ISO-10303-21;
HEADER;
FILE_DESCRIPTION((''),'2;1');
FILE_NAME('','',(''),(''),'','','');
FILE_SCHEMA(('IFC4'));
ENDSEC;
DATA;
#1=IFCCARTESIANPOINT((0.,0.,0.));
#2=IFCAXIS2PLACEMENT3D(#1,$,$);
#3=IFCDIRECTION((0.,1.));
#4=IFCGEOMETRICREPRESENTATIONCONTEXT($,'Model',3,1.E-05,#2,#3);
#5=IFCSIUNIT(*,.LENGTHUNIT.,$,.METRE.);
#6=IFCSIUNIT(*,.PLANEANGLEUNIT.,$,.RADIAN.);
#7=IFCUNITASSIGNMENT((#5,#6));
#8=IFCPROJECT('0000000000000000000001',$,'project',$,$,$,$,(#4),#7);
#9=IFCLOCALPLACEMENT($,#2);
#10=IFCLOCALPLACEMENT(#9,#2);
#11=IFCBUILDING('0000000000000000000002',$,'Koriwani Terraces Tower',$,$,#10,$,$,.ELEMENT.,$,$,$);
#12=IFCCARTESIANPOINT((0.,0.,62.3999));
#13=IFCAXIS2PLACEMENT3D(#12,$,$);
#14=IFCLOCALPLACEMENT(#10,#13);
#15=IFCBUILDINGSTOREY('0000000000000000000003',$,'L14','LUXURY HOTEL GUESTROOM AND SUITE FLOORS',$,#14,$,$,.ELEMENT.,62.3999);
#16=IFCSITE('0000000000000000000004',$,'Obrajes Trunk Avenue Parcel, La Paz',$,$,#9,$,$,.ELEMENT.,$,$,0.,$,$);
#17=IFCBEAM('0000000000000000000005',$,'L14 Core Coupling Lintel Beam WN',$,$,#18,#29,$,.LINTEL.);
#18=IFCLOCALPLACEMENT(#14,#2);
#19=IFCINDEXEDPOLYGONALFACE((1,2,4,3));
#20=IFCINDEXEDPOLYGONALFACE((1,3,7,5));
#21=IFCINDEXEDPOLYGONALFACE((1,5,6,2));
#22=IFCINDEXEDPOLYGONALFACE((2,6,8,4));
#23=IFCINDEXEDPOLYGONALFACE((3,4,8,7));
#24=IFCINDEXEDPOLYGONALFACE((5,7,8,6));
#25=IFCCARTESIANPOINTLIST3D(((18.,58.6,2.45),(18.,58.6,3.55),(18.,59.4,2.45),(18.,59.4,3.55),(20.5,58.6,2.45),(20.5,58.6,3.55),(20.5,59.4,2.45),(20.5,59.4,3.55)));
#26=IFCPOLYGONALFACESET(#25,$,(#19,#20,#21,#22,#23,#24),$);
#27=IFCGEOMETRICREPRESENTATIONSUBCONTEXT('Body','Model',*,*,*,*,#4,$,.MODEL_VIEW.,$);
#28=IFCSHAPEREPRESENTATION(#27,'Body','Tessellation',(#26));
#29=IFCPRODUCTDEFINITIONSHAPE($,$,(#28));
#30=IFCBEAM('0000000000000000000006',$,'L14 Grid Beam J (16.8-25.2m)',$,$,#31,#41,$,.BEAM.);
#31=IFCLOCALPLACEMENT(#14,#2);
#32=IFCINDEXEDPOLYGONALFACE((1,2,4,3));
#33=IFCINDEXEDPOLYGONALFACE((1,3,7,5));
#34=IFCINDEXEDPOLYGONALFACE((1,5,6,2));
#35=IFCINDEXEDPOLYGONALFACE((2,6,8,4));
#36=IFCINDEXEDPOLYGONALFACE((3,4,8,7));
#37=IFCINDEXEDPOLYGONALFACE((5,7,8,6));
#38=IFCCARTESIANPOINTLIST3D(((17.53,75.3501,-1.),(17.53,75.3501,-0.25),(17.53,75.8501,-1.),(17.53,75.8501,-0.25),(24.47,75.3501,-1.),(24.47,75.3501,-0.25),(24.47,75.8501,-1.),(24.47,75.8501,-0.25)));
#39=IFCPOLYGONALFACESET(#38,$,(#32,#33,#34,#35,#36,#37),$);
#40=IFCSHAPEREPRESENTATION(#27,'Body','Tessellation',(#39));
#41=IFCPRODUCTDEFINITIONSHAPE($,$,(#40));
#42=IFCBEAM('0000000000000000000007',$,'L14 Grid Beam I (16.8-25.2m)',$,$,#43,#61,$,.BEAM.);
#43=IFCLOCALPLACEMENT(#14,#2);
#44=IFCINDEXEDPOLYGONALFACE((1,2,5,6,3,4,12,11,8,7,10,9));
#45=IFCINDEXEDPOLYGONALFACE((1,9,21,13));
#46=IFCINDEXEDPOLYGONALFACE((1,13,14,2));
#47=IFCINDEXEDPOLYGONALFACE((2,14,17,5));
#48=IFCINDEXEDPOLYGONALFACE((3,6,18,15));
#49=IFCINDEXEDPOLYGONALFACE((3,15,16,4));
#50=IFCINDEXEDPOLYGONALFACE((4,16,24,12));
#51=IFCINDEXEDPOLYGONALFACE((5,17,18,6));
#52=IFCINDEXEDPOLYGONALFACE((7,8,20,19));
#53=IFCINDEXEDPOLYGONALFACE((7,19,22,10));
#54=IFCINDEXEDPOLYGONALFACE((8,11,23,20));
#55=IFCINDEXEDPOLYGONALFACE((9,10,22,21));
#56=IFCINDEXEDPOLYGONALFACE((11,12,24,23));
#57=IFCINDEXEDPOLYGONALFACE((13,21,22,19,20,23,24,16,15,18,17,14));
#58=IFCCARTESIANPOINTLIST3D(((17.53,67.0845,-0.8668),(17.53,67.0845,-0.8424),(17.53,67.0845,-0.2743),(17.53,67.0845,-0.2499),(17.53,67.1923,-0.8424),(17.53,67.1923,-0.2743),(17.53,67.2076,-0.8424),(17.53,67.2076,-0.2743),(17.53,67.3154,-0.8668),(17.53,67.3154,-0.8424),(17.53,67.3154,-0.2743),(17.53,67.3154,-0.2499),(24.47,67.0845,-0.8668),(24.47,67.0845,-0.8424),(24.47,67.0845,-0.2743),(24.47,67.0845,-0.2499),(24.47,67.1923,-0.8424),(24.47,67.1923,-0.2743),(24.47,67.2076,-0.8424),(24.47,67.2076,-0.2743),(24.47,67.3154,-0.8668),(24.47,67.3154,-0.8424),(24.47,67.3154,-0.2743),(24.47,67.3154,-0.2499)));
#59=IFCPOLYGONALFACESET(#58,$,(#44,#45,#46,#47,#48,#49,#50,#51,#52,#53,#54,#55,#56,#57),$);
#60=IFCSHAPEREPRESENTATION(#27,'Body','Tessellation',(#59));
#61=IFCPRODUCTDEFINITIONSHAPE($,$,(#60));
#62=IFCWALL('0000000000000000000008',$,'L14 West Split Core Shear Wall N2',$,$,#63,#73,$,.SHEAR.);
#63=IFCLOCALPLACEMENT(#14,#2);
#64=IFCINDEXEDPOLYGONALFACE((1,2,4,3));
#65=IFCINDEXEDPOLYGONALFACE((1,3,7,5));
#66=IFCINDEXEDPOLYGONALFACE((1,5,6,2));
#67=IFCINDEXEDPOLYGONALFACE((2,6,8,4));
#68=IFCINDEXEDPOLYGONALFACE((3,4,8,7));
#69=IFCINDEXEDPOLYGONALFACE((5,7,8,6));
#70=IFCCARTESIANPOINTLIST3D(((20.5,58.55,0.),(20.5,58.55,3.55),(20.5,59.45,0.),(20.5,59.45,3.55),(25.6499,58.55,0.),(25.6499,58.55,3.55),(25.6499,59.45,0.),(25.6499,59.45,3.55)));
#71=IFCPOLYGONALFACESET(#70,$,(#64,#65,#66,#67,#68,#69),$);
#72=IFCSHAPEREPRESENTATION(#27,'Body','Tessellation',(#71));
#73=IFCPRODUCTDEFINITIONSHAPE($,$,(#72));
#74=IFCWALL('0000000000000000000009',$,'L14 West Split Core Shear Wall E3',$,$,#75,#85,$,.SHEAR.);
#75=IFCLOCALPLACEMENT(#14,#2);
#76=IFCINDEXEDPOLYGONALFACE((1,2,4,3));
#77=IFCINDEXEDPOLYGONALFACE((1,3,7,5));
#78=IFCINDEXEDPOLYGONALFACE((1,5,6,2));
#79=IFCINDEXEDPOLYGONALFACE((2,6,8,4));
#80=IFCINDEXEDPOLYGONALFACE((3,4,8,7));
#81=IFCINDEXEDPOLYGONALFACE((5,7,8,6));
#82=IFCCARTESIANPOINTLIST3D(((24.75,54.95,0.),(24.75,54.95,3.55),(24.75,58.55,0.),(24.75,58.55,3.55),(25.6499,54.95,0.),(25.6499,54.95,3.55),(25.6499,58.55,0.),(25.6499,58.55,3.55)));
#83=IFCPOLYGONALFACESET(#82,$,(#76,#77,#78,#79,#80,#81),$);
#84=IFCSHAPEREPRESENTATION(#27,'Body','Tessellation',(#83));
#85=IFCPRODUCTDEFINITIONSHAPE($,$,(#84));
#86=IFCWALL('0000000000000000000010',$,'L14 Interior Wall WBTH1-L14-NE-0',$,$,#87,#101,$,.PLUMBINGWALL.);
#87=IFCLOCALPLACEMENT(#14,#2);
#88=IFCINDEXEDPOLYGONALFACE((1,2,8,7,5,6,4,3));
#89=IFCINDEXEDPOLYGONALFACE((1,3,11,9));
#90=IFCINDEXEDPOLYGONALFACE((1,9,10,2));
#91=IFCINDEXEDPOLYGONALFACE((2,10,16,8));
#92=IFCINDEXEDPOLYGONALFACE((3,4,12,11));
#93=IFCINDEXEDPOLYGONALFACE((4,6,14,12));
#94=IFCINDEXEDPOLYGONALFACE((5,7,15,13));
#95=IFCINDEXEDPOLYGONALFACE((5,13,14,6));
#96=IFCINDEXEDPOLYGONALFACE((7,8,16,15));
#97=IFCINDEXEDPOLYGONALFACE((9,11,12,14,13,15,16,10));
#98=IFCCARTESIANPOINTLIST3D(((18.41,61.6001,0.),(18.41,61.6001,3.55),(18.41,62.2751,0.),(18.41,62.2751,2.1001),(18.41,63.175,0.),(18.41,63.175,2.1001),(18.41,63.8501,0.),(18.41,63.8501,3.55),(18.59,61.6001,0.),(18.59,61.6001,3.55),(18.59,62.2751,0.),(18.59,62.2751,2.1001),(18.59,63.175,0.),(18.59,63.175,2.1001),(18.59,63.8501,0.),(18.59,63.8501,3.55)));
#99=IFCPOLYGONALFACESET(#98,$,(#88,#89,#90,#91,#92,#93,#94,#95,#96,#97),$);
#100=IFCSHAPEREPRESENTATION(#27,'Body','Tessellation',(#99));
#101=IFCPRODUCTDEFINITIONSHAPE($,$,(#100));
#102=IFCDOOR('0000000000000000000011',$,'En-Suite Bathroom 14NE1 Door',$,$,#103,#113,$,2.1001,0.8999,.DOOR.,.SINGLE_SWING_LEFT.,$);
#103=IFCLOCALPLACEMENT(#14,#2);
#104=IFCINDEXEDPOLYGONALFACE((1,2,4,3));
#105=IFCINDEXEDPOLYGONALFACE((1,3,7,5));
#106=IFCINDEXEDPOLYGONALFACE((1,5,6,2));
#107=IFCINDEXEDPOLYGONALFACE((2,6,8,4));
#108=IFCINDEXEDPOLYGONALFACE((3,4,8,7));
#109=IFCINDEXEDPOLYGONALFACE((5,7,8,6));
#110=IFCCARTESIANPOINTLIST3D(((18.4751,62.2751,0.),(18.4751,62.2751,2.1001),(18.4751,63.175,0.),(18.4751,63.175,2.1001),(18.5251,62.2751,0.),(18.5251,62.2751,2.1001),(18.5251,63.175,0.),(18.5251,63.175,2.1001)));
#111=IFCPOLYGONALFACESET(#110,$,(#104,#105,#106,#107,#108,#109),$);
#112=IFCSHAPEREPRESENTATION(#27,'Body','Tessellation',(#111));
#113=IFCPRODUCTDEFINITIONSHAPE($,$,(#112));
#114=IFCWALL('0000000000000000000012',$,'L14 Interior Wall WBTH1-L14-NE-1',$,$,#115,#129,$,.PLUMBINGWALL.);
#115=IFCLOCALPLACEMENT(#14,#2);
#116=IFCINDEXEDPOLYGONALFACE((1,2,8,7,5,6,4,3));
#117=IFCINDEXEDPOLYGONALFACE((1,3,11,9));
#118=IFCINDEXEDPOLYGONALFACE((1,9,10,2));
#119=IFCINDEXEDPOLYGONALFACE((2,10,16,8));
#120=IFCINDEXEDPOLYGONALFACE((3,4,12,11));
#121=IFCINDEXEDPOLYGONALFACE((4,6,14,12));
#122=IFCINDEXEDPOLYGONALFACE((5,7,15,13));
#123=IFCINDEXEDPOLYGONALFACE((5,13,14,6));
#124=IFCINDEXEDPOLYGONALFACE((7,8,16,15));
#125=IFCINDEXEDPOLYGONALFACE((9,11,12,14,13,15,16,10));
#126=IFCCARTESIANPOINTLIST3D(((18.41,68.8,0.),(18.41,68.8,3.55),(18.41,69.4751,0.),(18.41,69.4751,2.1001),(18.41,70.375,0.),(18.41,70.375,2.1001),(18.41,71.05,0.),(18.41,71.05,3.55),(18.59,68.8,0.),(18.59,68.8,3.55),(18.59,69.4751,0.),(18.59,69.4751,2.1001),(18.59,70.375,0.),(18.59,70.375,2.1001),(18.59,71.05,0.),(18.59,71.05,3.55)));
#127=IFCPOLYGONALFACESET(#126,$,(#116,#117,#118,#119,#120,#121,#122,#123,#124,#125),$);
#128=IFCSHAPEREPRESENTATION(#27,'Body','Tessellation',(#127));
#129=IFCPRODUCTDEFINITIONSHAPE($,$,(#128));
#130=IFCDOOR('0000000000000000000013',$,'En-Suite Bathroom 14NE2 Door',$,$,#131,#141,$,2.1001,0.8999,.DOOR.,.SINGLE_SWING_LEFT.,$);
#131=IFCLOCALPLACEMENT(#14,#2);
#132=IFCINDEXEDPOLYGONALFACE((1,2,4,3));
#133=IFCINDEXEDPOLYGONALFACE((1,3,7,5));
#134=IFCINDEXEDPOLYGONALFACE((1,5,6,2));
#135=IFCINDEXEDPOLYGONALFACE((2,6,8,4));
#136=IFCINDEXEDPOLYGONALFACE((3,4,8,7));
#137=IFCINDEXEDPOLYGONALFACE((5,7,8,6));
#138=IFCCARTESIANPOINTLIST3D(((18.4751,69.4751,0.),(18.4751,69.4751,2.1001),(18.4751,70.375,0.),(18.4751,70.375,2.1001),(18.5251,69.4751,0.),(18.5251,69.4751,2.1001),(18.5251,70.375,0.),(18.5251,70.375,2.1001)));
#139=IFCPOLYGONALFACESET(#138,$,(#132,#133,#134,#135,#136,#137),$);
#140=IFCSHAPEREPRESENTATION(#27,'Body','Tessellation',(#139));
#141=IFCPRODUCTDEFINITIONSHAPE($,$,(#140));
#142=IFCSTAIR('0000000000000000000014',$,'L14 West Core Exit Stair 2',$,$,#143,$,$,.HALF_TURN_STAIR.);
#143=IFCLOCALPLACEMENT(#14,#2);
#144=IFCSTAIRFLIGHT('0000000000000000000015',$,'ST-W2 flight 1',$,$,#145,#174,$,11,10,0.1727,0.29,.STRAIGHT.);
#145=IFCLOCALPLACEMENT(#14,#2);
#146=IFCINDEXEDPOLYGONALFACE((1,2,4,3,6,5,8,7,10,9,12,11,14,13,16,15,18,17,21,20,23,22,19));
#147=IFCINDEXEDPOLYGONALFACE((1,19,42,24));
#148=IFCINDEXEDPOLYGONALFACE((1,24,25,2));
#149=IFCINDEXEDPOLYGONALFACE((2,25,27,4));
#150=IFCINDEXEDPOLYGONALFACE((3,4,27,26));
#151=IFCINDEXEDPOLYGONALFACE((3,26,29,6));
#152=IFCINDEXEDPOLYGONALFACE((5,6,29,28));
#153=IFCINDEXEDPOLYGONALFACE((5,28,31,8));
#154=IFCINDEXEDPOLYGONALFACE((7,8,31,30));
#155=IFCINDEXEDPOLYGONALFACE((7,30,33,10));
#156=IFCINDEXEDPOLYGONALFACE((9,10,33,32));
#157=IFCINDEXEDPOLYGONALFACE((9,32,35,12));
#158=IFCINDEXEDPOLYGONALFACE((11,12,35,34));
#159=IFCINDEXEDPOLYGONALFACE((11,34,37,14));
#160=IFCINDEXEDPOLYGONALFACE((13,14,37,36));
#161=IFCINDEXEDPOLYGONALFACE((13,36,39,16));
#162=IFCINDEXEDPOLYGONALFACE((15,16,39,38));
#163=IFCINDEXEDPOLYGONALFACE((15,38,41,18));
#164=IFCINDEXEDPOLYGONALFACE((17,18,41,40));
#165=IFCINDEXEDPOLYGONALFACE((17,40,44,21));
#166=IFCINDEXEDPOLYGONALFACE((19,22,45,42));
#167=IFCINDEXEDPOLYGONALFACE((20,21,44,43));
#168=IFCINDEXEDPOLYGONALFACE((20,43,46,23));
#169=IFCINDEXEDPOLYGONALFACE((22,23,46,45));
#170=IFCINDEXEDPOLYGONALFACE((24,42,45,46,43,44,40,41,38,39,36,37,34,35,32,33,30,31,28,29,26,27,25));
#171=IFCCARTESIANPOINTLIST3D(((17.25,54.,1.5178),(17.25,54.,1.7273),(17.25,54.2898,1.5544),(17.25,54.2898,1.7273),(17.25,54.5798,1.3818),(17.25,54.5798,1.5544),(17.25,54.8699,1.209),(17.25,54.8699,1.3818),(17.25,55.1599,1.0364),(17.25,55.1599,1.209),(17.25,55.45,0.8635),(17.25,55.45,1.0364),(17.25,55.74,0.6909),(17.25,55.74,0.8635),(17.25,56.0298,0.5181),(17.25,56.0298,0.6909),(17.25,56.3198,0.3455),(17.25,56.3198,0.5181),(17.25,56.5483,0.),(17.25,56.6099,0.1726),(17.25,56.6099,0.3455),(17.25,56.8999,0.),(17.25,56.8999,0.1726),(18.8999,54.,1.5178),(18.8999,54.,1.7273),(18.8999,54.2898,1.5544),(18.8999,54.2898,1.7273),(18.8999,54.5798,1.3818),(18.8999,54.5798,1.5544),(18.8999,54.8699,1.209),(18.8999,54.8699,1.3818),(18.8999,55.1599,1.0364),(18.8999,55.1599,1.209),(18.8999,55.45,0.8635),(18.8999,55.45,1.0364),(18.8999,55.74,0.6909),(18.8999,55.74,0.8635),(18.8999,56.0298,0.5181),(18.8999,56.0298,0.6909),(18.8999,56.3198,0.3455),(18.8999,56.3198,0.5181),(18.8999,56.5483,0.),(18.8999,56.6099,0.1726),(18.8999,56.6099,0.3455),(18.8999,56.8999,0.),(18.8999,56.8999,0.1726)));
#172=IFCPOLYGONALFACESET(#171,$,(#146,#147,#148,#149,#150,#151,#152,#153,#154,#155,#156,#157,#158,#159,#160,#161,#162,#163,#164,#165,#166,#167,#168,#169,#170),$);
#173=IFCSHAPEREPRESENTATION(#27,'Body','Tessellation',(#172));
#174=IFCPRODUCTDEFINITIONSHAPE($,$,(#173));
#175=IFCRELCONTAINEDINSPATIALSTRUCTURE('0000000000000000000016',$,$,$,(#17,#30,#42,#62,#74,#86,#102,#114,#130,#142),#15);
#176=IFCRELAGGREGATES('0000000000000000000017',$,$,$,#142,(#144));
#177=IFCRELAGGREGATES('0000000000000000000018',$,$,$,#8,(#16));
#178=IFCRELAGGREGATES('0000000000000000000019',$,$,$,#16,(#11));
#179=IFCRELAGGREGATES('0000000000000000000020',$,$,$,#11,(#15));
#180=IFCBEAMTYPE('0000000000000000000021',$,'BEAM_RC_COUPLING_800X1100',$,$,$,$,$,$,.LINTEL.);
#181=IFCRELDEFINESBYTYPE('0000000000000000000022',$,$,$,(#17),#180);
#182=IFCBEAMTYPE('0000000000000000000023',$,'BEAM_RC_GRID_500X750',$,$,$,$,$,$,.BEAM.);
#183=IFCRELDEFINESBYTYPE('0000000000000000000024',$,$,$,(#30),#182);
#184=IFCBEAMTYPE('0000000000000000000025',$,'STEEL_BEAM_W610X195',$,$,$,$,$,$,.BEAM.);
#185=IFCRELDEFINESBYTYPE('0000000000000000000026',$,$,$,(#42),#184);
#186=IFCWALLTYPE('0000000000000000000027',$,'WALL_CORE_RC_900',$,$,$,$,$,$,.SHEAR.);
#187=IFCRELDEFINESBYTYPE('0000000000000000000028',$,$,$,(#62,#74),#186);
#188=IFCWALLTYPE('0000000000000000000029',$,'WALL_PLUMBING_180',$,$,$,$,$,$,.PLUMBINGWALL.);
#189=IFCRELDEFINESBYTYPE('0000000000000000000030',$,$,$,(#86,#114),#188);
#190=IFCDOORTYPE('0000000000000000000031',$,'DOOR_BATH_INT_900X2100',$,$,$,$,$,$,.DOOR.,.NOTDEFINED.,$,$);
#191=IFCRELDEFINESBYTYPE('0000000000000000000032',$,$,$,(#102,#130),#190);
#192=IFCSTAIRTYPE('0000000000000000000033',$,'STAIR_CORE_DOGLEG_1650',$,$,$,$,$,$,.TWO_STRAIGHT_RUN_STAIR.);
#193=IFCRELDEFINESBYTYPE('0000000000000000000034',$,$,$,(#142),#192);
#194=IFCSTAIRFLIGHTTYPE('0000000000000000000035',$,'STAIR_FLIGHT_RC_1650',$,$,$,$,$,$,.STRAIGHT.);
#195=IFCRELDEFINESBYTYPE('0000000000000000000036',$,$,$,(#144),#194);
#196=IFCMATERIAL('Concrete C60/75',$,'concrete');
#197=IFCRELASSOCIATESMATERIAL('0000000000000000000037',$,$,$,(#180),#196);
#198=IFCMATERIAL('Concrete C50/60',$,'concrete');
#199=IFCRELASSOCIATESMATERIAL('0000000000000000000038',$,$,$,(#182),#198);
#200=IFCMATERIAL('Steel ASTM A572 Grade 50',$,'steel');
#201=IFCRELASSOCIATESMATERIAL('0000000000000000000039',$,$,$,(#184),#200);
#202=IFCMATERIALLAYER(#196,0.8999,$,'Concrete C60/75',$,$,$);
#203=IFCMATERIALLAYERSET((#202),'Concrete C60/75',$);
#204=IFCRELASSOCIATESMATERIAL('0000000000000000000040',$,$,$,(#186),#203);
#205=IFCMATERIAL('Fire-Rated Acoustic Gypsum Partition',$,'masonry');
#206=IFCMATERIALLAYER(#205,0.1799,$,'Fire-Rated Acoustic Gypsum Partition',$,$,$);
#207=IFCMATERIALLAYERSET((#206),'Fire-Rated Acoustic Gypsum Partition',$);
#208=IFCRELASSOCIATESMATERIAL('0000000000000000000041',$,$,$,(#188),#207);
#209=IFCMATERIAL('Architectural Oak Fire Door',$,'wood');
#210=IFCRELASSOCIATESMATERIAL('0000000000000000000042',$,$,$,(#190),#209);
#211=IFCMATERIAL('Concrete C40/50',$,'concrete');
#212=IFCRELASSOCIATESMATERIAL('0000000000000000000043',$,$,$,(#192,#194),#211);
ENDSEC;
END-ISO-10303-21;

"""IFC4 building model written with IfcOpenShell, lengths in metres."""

from ifc_helpers import new_model, si_unit, direction, frame, frame_2d, origin, origin_2d, place, context, subcontext, project, spatial, polyline, rectangle, i_section, outline, extrude, material, layer, layer_set, material_profile, profile_set, type_object, element, fill, aggregate, save


model = new_model("IFC4")

# Units and contexts
model_context = context("Model", 3, precision=1e-05, world=origin(), true_north=direction((0.0, 1.0)))
body_context = subcontext(model_context, "Body", "Model", "MODEL_VIEW")
ifc_project = project(units=[si_unit("LENGTHUNIT", "METRE"), si_unit("PLANEANGLEUNIT", "RADIAN")], contexts=[model_context])

# Site, building, storey
site_placement = place(None, origin())
site = spatial("IfcSite", under=ifc_project, at=site_placement, Name="Obrajes Trunk Avenue Parcel, La Paz", CompositionType="ELEMENT", RefElevation=0.0)
building_placement = place(site_placement, origin())
building = spatial("IfcBuilding", under=site, at=building_placement, Name="Koriwani Terraces Tower", CompositionType="ELEMENT")
storey_placement = place(building_placement, frame((0.0, 0.0, 62.3999)))
storey = spatial("IfcBuildingStorey", under=building, at=storey_placement, Name="L14", Description="LUXURY HOTEL GUESTROOM AND SUITE FLOORS", CompositionType="ELEMENT", Elevation=62.3999)

# Beams
ifc_material_1 = material(Name="Concrete C60/75", Category="concrete")
ifc_material_profile_1 = material_profile(ifc_material_1, rectangle(XDim=0.8, YDim=1.1001, at=origin_2d()), Name="Concrete C60/75", Category="LoadBearing")
ifc_profile_set_1 = profile_set([ifc_material_profile_1], Name="Concrete C60/75")
beam_type_1 = type_object("IfcBeamType", Name="BEAM_RC_COUPLING_800X1100", PredefinedType="LINTEL", material=ifc_profile_set_1)
beam_1_placement = place(storey_placement, frame((18.0, 59.0, 3.0), z_axis=(1.0, 0.0, 0.0), x_axis=(0.0, 1.0, 0.0)))
element("IfcBeam", 1, at=beam_1_placement, inside=storey, type_object=beam_type_1, Name="L14 Core Coupling Lintel Beam WN", PredefinedType="LINTEL", context=body_context, shape_type="SweptSolid", body=[
    extrude(rectangle(XDim=0.8, YDim=1.1001, at=origin_2d()), origin(), (0.0, 0.0, 1.0), 2.5),
])
ifc_material_2 = material(Name="Concrete C50/60", Category="concrete")
ifc_material_profile_2 = material_profile(ifc_material_2, rectangle(XDim=0.5, YDim=0.75, at=origin_2d()), Name="Concrete C50/60", Category="LoadBearing")
ifc_profile_set_2 = profile_set([ifc_material_profile_2], Name="Concrete C50/60")
beam_type_2 = type_object("IfcBeamType", Name="BEAM_RC_GRID_500X750", PredefinedType="BEAM", material=ifc_profile_set_2)
beam_2_placement = place(storey_placement, frame((17.53, 75.6001, -0.625), z_axis=(1.0, 0.0, 0.0), x_axis=(0.0, 1.0, 0.0)))
element("IfcBeam", 2, at=beam_2_placement, inside=storey, type_object=beam_type_2, Name="L14 Grid Beam J (16.8-25.2m)", PredefinedType="BEAM", context=body_context, shape_type="SweptSolid", body=[
    extrude(rectangle(XDim=0.5, YDim=0.75, at=origin_2d()), origin(), (0.0, 0.0, 1.0), 6.9399),
])
ifc_material_3 = material(Name="Steel ASTM A572 Grade 50", Category="steel")
ifc_material_profile_3 = material_profile(ifc_material_3, i_section(OverallWidth=0.231, OverallDepth=0.6169, WebThickness=0.0154, FlangeThickness=0.0244, at=origin_2d()), Name="Steel ASTM A572 Grade 50", Category="LoadBearing")
ifc_profile_set_3 = profile_set([ifc_material_profile_3], Name="Steel ASTM A572 Grade 50")
beam_type_3 = type_object("IfcBeamType", Name="STEEL_BEAM_W610X195", PredefinedType="BEAM", material=ifc_profile_set_3)
beam_3_placement = place(storey_placement, frame((17.53, 67.2, -0.5583), z_axis=(1.0, 0.0, 0.0), x_axis=(0.0, 1.0, 0.0)))
element("IfcBeam", 3, at=beam_3_placement, inside=storey, type_object=beam_type_3, Name="L14 Grid Beam I (16.8-25.2m)", PredefinedType="BEAM", context=body_context, shape_type="SweptSolid", body=[
    extrude(i_section(OverallWidth=0.231, OverallDepth=0.6169, WebThickness=0.0154, FlangeThickness=0.0244, at=origin_2d()), origin(), (0.0, 0.0, 1.0), 6.9399),
])

# Walls
ifc_layer_1 = layer(ifc_material_1, 0.8999, Name="Concrete C60/75")
ifc_layer_set_1 = layer_set([ifc_layer_1], Name="Concrete C60/75")
wall_type_1 = type_object("IfcWallType", Name="WALL_CORE_RC_900", PredefinedType="SHEAR", material=ifc_layer_set_1)
wall_1_placement = place(storey_placement, frame((20.5, 59.0, 0.0), z_axis=(0.0, 0.0, 1.0), x_axis=(1.0, 0.0, 0.0)))
element("IfcWall", 4, at=wall_1_placement, inside=storey, type_object=wall_type_1, Name="L14 West Split Core Shear Wall N2", PredefinedType="SHEAR", context=body_context, shape_type="SweptSolid", body=[
    extrude(rectangle(XDim=5.1499, YDim=0.8999, at=frame_2d((2.575, 0.0))), origin(), (0.0, 0.0, 1.0), 3.55),
])
wall_2_placement = place(storey_placement, frame((25.2, 54.95, 0.0), z_axis=(0.0, 0.0, 1.0), x_axis=(0.0, 1.0, 0.0)))
element("IfcWall", 5, at=wall_2_placement, inside=storey, type_object=wall_type_1, Name="L14 West Split Core Shear Wall E3", PredefinedType="SHEAR", context=body_context, shape_type="SweptSolid", body=[
    extrude(rectangle(XDim=3.6001, YDim=0.8999, at=frame_2d((1.8, 0.0))), origin(), (0.0, 0.0, 1.0), 3.55),
])

# Walls, openings, doors
ifc_material_4 = material(Name="Fire-Rated Acoustic Gypsum Partition", Category="masonry")
ifc_layer_2 = layer(ifc_material_4, 0.1799, Name="Fire-Rated Acoustic Gypsum Partition")
ifc_layer_set_2 = layer_set([ifc_layer_2], Name="Fire-Rated Acoustic Gypsum Partition")
wall_type_2 = type_object("IfcWallType", Name="WALL_PLUMBING_180", PredefinedType="PLUMBINGWALL", material=ifc_layer_set_2)
wall_3_placement = place(storey_placement, frame((18.5, 61.6001, 0.0), z_axis=(0.0, 0.0, 1.0), x_axis=(0.0, 1.0, 0.0)))
wall_3 = element("IfcWall", 6, at=wall_3_placement, inside=storey, type_object=wall_type_2, Name="L14 Interior Wall WBTH1-L14-NE-0", PredefinedType="PLUMBINGWALL", context=body_context, shape_type="SweptSolid", body=[
    extrude(rectangle(XDim=2.25, YDim=0.1799, at=frame_2d((1.125, 0.0))), origin(), (0.0, 0.0, 1.0), 3.55),
])
opening_1_placement = place(wall_3_placement, frame((0.675, 0.0, 0.0)))
opening_1 = element("IfcOpeningElement", 7, at=opening_1_placement, cuts=wall_3, PredefinedType="OPENING", context=body_context, shape_type="SweptSolid", body=[
    extrude(rectangle(XDim=0.8999, YDim=2.1001, at=frame_2d((0.45, 1.05))), frame((0.0, 0.1001, 0.0), z_axis=(0.0, -1.0, 0.0), x_axis=(1.0, 0.0, 0.0)), (0.0, 0.0, 1.0), 0.2),
])
ifc_material_5 = material(Name="Architectural Oak Fire Door", Category="wood")
door_type_1 = type_object("IfcDoorType", Name="DOOR_BATH_INT_900X2100", OperationType="NOTDEFINED", PredefinedType="DOOR", material=ifc_material_5)
door_1_placement = place(opening_1_placement, origin())
door_1 = element("IfcDoor", 8, at=door_1_placement, inside=storey, type_object=door_type_1, Name="En-Suite Bathroom 14NE1 Door", OperationType="SINGLE_SWING_LEFT", OverallHeight=2.1001, OverallWidth=0.8999, PredefinedType="DOOR", context=body_context, shape_type="SweptSolid", body=[
    extrude(rectangle(XDim=0.8999, YDim=2.1001, at=frame_2d((0.45, 1.05))), frame((0.0, 0.0249, 0.0), z_axis=(0.0, -1.0, 0.0), x_axis=(1.0, 0.0, 0.0)), (0.0, 0.0, 1.0), 0.05),
])
fill(opening_1, door_1)
wall_4_placement = place(storey_placement, frame((18.5, 68.8, 0.0), z_axis=(0.0, 0.0, 1.0), x_axis=(0.0, 1.0, 0.0)))
wall_4 = element("IfcWall", 9, at=wall_4_placement, inside=storey, type_object=wall_type_2, Name="L14 Interior Wall WBTH1-L14-NE-1", PredefinedType="PLUMBINGWALL", context=body_context, shape_type="SweptSolid", body=[
    extrude(rectangle(XDim=2.25, YDim=0.1799, at=frame_2d((1.125, 0.0))), origin(), (0.0, 0.0, 1.0), 3.55),
])
opening_2_placement = place(wall_4_placement, frame((0.675, 0.0, 0.0)))
opening_2 = element("IfcOpeningElement", 10, at=opening_2_placement, cuts=wall_4, PredefinedType="OPENING", context=body_context, shape_type="SweptSolid", body=[
    extrude(rectangle(XDim=0.8999, YDim=2.1001, at=frame_2d((0.45, 1.05))), frame((0.0, 0.1001, 0.0), z_axis=(0.0, -1.0, 0.0), x_axis=(1.0, 0.0, 0.0)), (0.0, 0.0, 1.0), 0.2),
])
door_2_placement = place(opening_2_placement, origin())
door_2 = element("IfcDoor", 11, at=door_2_placement, inside=storey, type_object=door_type_1, Name="En-Suite Bathroom 14NE2 Door", OperationType="SINGLE_SWING_LEFT", OverallHeight=2.1001, OverallWidth=0.8999, PredefinedType="DOOR", context=body_context, shape_type="SweptSolid", body=[
    extrude(rectangle(XDim=0.8999, YDim=2.1001, at=frame_2d((0.45, 1.05))), frame((0.0, 0.0249, 0.0), z_axis=(0.0, -1.0, 0.0), x_axis=(1.0, 0.0, 0.0)), (0.0, 0.0, 1.0), 0.05),
])
fill(opening_2, door_2)
ifc_material_6 = material(Name="Concrete C40/50", Category="concrete")

# Stair, stair flight
stair_type = type_object("IfcStairType", Name="STAIR_CORE_DOGLEG_1650", PredefinedType="TWO_STRAIGHT_RUN_STAIR", material=ifc_material_6)
stair_placement = place(storey_placement, origin())
stair = element("IfcStair", 12, at=stair_placement, inside=storey, type_object=stair_type, Name="L14 West Core Exit Stair 2", PredefinedType="HALF_TURN_STAIR")
stair_flight_type = type_object("IfcStairFlightType", Name="STAIR_FLIGHT_RC_1650", PredefinedType="STRAIGHT", material=ifc_material_6)
stair_flight_1_placement = place(storey_placement, frame((18.075, 56.8999, 0.0), z_axis=(0.0, 0.0, 1.0), x_axis=(0.0, -1.0, 0.0)))
stair_flight_1 = element("IfcStairFlight", 13, at=stair_flight_1_placement, type_object=stair_flight_type, Name="ST-W2 flight 1", NumberOfRisers=11, NumberOfTreads=10, PredefinedType="STRAIGHT", RiserHeight=0.1727, TreadLength=0.29, context=body_context, shape_type="SweptSolid", body=[
    extrude(outline(polyline([(0.0, 0.0), (0.0, 0.1726), (0.29, 0.1726), (0.29, 0.3455), (0.5801, 0.3455), (0.5801, 0.5181), (0.8701, 0.5181), (0.8701, 0.6909), (1.1599, 0.6909), (1.1599, 0.8635), (1.45, 0.8635), (1.45, 1.0364), (1.74, 1.0364), (1.74, 1.209), (2.03, 1.209), (2.03, 1.3818), (2.3201, 1.3818), (2.3201, 1.5544), (2.6101, 1.5544), (2.6101, 1.7273), (2.8999, 1.7273), (2.8999, 1.8999), (2.8999, 1.5178), (0.3516, 0.0), (0.0, 0.0)])), frame((0.0, 0.825, 0.0), z_axis=(0.0, -1.0, 0.0), x_axis=(1.0, 0.0, 0.0)), (0.0, 0.0, 1.0), 1.6499),
])
aggregate(stair, [stair_flight_1])

save(model, "model.ifc")
